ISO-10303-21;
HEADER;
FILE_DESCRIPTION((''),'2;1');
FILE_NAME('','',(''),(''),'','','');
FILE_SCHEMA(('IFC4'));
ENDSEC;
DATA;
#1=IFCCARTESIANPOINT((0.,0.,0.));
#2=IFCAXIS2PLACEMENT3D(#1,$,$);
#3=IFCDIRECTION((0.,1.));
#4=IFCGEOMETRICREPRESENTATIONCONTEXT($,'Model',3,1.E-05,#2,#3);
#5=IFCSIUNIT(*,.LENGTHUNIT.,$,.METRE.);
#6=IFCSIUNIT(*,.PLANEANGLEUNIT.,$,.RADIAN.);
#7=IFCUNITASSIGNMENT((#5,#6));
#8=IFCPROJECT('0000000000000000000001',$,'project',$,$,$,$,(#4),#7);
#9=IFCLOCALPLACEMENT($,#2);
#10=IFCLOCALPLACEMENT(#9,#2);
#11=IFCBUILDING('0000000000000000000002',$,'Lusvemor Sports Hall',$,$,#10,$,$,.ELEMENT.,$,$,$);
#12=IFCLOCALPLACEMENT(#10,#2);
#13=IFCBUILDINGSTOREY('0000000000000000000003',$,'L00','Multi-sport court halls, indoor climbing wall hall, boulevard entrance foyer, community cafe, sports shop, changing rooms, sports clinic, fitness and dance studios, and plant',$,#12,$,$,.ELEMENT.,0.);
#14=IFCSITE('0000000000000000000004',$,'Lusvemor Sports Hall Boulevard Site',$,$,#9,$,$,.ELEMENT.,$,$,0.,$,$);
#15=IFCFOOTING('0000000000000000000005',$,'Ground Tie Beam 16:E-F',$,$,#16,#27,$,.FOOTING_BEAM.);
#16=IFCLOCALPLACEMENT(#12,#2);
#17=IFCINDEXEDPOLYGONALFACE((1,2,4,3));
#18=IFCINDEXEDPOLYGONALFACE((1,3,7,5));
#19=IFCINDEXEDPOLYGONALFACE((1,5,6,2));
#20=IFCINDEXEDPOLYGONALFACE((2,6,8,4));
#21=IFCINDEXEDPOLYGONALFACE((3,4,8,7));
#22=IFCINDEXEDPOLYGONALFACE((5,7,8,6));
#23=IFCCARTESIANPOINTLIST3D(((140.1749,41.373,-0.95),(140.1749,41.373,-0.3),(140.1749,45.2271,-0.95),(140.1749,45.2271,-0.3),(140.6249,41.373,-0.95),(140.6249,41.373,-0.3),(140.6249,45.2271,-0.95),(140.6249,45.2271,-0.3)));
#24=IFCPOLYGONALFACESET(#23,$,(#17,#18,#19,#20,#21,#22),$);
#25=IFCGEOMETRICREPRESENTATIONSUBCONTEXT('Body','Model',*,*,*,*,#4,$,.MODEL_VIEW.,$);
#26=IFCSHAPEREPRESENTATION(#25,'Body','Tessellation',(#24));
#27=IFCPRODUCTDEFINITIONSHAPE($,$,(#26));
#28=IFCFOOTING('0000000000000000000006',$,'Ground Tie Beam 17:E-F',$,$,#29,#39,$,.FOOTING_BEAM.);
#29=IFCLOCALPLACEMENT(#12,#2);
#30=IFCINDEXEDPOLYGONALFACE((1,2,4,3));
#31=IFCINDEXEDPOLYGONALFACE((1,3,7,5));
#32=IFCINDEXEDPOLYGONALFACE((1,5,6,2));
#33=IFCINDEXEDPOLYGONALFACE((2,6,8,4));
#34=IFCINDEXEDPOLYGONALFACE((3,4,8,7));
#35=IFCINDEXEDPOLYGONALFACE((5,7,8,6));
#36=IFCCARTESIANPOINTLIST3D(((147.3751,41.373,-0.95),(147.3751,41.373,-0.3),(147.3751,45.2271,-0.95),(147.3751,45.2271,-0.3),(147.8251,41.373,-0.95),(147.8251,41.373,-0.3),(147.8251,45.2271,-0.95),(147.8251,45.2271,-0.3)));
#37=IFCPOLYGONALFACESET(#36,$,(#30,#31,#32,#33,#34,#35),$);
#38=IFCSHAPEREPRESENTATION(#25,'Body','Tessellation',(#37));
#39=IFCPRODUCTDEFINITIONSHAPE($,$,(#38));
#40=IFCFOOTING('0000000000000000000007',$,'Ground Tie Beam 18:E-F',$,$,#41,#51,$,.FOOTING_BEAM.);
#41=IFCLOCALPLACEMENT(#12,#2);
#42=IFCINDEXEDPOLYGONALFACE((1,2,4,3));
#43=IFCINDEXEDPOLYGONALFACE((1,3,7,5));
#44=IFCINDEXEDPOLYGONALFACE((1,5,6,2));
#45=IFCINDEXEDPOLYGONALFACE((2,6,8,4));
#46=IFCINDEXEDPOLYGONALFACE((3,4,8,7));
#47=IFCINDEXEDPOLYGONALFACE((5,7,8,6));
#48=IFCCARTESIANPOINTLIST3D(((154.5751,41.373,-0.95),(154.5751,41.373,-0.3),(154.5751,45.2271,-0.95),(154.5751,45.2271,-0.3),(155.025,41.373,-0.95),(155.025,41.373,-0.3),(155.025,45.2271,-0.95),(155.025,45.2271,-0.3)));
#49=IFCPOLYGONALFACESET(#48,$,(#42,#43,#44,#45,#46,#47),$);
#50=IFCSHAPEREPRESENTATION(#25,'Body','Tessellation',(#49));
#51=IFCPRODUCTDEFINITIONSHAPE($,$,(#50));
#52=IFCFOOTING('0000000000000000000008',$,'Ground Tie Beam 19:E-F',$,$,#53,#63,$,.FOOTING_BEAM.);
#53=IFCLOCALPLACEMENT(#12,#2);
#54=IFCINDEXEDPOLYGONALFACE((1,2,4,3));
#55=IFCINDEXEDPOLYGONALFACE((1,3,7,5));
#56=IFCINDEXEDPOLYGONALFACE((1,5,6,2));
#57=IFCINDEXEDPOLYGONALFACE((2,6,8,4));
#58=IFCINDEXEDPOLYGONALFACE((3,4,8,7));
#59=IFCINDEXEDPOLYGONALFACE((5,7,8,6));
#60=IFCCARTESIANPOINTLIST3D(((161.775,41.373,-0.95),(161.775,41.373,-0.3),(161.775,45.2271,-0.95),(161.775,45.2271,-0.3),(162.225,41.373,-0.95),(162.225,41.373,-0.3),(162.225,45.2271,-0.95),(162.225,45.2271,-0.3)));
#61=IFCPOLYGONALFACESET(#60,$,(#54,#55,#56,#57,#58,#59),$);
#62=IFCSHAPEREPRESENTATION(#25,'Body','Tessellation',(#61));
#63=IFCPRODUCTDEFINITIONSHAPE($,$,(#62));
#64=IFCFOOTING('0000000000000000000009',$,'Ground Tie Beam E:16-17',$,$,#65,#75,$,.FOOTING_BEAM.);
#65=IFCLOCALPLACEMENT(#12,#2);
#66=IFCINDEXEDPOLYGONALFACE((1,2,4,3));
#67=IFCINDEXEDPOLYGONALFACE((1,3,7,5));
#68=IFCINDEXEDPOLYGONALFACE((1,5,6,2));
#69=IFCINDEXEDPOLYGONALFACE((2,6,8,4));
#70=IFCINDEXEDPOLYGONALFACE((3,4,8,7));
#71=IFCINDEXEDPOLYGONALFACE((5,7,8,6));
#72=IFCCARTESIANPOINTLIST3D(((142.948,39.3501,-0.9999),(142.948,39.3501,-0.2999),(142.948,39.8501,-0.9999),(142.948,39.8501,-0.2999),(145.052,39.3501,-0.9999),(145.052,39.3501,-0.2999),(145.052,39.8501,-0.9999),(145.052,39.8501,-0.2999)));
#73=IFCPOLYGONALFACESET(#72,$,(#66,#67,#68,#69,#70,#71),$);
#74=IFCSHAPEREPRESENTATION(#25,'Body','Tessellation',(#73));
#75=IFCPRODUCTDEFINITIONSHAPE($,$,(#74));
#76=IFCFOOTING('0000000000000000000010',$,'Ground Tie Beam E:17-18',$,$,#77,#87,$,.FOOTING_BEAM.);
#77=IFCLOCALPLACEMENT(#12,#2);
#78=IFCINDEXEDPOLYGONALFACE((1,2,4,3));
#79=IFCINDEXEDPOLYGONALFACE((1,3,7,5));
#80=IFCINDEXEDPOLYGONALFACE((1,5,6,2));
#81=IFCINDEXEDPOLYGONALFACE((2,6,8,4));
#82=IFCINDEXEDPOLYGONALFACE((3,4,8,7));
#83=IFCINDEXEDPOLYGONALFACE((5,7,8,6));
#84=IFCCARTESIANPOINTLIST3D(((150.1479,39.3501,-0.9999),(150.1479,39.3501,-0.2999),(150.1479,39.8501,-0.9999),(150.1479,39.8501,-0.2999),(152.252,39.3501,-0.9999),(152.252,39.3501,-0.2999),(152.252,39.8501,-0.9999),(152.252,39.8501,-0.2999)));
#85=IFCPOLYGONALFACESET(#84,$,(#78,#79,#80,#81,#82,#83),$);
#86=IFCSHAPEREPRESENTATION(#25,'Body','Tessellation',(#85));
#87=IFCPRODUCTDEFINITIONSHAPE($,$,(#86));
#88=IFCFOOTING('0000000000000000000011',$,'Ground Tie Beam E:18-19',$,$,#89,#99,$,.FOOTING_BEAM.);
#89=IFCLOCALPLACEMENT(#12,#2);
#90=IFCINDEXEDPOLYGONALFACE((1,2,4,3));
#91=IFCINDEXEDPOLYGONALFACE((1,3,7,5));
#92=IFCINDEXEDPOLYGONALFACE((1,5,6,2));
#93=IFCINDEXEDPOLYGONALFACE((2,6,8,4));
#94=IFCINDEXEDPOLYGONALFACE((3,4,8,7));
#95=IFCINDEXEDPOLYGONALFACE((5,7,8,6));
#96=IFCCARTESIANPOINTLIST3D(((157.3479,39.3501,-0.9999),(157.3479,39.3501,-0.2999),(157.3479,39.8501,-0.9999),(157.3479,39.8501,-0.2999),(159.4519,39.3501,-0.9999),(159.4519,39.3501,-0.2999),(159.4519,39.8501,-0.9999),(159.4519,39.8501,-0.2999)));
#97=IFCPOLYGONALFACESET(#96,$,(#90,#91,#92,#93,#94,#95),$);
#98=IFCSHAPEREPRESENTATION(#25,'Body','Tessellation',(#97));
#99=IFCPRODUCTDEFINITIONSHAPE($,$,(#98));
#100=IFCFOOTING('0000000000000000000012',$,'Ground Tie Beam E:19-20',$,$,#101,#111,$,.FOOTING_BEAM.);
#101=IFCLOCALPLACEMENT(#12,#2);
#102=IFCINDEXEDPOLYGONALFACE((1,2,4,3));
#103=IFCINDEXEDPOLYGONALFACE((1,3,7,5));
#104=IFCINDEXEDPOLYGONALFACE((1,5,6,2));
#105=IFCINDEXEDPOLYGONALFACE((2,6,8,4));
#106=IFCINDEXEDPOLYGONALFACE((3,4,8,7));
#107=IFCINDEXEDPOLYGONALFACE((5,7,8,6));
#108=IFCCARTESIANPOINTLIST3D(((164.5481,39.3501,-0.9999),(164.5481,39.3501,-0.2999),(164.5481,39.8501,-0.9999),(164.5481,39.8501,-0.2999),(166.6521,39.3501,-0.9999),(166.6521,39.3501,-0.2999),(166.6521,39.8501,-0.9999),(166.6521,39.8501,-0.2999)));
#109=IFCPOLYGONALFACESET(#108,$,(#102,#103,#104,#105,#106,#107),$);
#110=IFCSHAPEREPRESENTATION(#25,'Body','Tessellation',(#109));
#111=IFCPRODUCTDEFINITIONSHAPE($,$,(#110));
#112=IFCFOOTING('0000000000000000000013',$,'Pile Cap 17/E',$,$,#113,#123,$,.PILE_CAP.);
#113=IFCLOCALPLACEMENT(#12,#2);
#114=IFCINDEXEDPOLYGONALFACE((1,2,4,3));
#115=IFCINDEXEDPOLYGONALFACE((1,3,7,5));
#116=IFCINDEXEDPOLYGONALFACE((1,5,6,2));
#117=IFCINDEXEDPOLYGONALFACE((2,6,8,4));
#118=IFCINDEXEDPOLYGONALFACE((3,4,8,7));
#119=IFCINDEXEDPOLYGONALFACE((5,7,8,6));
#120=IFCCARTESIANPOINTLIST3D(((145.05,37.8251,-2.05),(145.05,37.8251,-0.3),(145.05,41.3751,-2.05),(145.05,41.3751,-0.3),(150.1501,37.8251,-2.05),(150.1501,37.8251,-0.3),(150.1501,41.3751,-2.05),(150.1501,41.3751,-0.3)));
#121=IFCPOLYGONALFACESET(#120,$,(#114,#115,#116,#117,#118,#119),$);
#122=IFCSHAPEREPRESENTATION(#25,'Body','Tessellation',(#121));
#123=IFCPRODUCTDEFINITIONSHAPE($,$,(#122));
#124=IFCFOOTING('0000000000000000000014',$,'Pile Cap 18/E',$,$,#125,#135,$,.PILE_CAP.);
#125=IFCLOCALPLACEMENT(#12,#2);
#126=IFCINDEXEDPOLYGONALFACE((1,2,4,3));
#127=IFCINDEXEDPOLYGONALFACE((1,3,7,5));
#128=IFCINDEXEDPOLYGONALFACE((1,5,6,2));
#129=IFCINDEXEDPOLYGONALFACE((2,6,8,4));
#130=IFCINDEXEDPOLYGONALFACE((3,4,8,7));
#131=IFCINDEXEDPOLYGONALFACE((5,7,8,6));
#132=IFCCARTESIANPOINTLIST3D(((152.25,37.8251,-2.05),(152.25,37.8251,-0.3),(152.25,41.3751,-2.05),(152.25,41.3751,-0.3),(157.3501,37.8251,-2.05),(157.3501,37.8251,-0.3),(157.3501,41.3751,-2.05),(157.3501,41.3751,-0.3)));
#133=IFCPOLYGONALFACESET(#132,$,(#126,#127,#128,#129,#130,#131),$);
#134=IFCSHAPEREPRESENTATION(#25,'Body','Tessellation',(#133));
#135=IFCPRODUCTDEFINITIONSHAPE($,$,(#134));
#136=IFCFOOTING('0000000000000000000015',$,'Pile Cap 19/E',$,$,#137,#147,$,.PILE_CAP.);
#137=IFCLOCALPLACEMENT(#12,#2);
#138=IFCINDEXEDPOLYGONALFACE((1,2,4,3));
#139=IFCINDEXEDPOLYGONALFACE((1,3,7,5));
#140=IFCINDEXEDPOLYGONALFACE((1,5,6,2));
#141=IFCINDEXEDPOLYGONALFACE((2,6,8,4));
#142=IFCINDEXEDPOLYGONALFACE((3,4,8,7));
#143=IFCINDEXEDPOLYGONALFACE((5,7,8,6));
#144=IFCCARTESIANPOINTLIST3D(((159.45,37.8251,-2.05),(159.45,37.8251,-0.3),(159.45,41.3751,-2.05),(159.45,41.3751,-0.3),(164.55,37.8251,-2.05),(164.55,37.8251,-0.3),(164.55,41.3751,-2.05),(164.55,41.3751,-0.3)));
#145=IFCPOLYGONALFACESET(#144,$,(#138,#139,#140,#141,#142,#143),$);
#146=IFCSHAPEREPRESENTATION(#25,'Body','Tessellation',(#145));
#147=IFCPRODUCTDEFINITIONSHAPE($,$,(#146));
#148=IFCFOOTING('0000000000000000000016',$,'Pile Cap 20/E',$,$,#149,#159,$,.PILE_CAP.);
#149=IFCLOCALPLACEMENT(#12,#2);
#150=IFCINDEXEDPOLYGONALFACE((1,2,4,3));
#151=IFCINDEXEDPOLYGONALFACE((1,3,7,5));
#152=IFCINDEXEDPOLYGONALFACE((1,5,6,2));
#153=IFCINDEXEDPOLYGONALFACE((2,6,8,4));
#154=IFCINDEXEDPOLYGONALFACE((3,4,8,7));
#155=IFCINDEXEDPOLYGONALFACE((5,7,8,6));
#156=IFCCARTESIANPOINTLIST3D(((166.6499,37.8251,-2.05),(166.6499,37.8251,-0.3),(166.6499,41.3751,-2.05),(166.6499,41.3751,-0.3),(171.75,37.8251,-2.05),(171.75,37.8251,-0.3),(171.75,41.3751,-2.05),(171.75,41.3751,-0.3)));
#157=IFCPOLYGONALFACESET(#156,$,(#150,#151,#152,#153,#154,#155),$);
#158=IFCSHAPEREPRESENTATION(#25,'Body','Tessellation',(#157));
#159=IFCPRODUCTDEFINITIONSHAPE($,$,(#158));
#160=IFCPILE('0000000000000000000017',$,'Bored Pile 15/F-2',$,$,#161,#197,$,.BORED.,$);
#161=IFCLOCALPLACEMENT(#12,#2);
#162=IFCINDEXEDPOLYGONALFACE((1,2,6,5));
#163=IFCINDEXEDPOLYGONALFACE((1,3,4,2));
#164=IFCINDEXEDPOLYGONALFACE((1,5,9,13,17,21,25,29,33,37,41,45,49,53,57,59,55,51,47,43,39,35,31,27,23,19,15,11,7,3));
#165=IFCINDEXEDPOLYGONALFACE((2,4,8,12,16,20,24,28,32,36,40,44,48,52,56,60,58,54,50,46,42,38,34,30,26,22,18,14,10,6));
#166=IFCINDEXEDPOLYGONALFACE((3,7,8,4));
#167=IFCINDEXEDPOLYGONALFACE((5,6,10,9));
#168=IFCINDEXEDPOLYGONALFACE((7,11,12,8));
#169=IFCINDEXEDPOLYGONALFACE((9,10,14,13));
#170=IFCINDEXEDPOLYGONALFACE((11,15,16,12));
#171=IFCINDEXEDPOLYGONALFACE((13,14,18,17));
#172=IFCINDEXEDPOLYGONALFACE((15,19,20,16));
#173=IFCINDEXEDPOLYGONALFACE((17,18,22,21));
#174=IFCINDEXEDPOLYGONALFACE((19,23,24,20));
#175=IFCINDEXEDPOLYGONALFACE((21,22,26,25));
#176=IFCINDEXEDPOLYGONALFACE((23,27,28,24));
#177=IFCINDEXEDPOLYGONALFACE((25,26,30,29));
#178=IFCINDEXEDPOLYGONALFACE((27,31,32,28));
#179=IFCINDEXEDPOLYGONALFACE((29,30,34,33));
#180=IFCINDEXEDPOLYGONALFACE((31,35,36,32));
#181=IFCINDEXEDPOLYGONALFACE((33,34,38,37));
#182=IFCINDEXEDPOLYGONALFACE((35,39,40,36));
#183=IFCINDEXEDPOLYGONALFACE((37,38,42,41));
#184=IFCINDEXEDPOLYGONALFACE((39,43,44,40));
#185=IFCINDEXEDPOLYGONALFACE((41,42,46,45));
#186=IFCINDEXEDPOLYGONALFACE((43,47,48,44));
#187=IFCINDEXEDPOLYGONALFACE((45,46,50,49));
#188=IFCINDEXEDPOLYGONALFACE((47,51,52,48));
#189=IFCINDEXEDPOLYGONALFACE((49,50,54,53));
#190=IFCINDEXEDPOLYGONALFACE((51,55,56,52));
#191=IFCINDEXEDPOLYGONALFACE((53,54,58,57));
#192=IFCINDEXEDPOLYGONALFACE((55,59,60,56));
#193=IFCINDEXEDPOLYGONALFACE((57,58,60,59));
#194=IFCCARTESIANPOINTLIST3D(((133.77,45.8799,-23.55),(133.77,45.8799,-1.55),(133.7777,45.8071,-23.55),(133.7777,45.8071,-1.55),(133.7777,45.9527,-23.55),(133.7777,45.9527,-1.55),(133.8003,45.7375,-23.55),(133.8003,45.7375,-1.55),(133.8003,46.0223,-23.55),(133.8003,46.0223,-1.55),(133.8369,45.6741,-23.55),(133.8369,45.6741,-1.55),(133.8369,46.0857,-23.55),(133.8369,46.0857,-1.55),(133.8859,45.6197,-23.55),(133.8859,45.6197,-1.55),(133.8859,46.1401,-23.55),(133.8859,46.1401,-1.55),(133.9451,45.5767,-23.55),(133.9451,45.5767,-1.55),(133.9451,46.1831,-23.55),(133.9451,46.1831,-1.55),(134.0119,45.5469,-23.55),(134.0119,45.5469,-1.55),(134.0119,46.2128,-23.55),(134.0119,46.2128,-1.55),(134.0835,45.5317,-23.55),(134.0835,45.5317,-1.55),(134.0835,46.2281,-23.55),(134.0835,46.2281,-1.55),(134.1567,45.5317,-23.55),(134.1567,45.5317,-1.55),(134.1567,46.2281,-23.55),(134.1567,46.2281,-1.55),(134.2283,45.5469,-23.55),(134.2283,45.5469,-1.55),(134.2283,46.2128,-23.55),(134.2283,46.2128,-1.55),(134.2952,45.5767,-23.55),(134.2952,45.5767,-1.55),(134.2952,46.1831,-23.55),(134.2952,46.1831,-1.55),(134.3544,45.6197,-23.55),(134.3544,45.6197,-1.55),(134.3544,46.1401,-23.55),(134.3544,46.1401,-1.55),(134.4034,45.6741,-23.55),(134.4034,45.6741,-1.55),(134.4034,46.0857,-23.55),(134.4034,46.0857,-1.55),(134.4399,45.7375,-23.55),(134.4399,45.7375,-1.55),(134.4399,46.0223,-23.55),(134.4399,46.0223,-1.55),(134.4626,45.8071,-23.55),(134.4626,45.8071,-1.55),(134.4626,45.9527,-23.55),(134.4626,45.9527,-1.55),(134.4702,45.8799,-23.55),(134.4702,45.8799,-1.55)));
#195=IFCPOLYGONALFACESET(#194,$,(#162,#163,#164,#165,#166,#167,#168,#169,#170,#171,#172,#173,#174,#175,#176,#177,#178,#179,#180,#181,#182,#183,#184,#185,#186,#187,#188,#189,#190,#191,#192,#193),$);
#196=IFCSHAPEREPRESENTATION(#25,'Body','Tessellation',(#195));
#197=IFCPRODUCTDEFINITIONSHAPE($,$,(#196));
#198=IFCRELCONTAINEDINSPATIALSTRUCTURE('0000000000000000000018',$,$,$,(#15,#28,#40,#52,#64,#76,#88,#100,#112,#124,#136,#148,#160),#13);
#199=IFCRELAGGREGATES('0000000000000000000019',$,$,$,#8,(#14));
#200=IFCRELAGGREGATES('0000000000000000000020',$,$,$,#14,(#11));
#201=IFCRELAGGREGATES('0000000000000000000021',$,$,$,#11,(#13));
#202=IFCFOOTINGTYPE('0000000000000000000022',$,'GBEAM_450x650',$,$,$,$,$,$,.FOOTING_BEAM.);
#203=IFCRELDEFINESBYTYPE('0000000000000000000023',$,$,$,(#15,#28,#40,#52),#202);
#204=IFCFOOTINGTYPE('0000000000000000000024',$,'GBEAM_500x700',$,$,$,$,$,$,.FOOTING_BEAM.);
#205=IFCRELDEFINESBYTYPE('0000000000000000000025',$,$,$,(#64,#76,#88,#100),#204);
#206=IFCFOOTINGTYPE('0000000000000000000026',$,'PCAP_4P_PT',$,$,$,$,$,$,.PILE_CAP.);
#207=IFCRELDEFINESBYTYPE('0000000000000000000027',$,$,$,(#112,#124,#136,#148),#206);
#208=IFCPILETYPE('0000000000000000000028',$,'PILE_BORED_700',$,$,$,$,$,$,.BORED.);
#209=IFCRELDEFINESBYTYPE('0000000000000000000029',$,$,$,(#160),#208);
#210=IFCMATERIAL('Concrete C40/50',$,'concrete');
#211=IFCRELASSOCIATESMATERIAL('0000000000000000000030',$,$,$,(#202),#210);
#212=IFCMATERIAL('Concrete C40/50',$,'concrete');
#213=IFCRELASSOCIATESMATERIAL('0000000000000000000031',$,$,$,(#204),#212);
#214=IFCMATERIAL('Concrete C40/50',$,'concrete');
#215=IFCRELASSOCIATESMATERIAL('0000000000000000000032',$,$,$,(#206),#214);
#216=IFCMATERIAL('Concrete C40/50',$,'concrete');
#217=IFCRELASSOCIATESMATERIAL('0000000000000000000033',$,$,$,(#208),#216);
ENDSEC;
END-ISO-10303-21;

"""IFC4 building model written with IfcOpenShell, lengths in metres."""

from ifc_helpers import new_model, si_unit, direction, frame, origin, origin_2d, place, context, subcontext, project, spatial, rectangle, circle, extrude, material, material_profile, profile_set, type_object, element, save


model = new_model("IFC4")

# Units and contexts
model_context = context("Model", 3, precision=1e-05, world=origin(), true_north=direction((0.0, 1.0)))
body_context = subcontext(model_context, "Body", "Model", "MODEL_VIEW")
ifc_project = project(units=[si_unit("LENGTHUNIT", "METRE"), si_unit("PLANEANGLEUNIT", "RADIAN")], contexts=[model_context])

# Site, building, storey
site_placement = place(None, origin())
site = spatial("IfcSite", under=ifc_project, at=site_placement, Name="Lusvemor Sports Hall Boulevard Site", CompositionType="ELEMENT", RefElevation=0.0)
building_placement = place(site_placement, origin())
building = spatial("IfcBuilding", under=site, at=building_placement, Name="Lusvemor Sports Hall", CompositionType="ELEMENT")
storey_placement = place(building_placement, origin())
storey = spatial("IfcBuildingStorey", under=building, at=storey_placement, Name="L00", Description="Multi-sport court halls, indoor climbing wall hall, boulevard entrance foyer, community cafe, sports shop, changing rooms, sports clinic, fitness and dance studios, and plant", CompositionType="ELEMENT", Elevation=0.0)

# Footings
ifc_material_1 = material(Name="Concrete C40/50", Category="concrete")
ifc_material_profile_1 = material_profile(ifc_material_1, rectangle(XDim=0.45, YDim=0.6499, at=origin_2d()), Name="GB_450x650")
ifc_profile_set_1 = profile_set([ifc_material_profile_1], Name="Concrete C40/50")
footing_type_1 = type_object("IfcFootingType", Name="GBEAM_450x650", PredefinedType="FOOTING_BEAM", material=ifc_profile_set_1)
for number, where, z_axis, x_axis, name in (
    (1, (140.3999, 41.373, -0.625), (0.0, 1.0, 0.0), (-1.0, 0.0, 0.0), "Ground Tie Beam 16:E-F"),
    (2, (147.6001, 41.373, -0.625), (0.0, 1.0, 0.0), (-1.0, 0.0, 0.0), "Ground Tie Beam 17:E-F"),
    (3, (154.8, 41.373, -0.625), (0.0, 1.0, 0.0), (-1.0, 0.0, 0.0), "Ground Tie Beam 18:E-F"),
    (4, (162.0, 41.373, -0.625), (0.0, 1.0, 0.0), (-1.0, 0.0, 0.0), "Ground Tie Beam 19:E-F"),
):
    element("IfcFooting", number, at=place(storey_placement, frame(where, z_axis=z_axis, x_axis=x_axis)), inside=storey, type_object=footing_type_1, Name=name, PredefinedType="FOOTING_BEAM", context=body_context, shape_type="SweptSolid", body=[
        extrude(rectangle(XDim=0.45, YDim=0.6499, at=origin_2d()), origin(), (0.0, 0.0, 1.0), 3.854),
    ])
ifc_material_2 = material(Name="Concrete C40/50", Category="concrete")
ifc_material_profile_2 = material_profile(ifc_material_2, rectangle(XDim=0.5, YDim=0.7, at=origin_2d()), Name="GB_500x700")
ifc_profile_set_2 = profile_set([ifc_material_profile_2], Name="Concrete C40/50")
footing_type_2 = type_object("IfcFootingType", Name="GBEAM_500x700", PredefinedType="FOOTING_BEAM", material=ifc_profile_set_2)
for number, where, z_axis, x_axis, name in (
    (5, (142.948, 39.6001, -0.6499), (1.0, 0.0, 0.0), (0.0, 1.0, 0.0), "Ground Tie Beam E:16-17"),
    (6, (150.1479, 39.6001, -0.6499), (1.0, 0.0, 0.0), (0.0, 1.0, 0.0), "Ground Tie Beam E:17-18"),
    (7, (157.3479, 39.6001, -0.6499), (1.0, 0.0, 0.0), (0.0, 1.0, 0.0), "Ground Tie Beam E:18-19"),
    (8, (164.5481, 39.6001, -0.6499), (1.0, 0.0, 0.0), (0.0, 1.0, 0.0), "Ground Tie Beam E:19-20"),
):
    element("IfcFooting", number, at=place(storey_placement, frame(where, z_axis=z_axis, x_axis=x_axis)), inside=storey, type_object=footing_type_2, Name=name, PredefinedType="FOOTING_BEAM", context=body_context, shape_type="SweptSolid", body=[
        extrude(rectangle(XDim=0.5, YDim=0.7, at=origin_2d()), origin(), (0.0, 0.0, 1.0), 2.104),
    ])
ifc_material_3 = material(Name="Concrete C40/50", Category="concrete")
footing_type_3 = type_object("IfcFootingType", Name="PCAP_4P_PT", PredefinedType="PILE_CAP", material=ifc_material_3)
for number, where, z_axis, x_axis, name in (
    (9, (147.6001, 39.6001, -2.05), (0.0, 0.0, 1.0), (1.0, 0.0, 0.0), "Pile Cap 17/E"),
    (10, (154.8, 39.6001, -2.05), (0.0, 0.0, 1.0), (1.0, 0.0, 0.0), "Pile Cap 18/E"),
    (11, (162.0, 39.6001, -2.05), (0.0, 0.0, 1.0), (1.0, 0.0, 0.0), "Pile Cap 19/E"),
    (12, (169.2, 39.6001, -2.05), (0.0, 0.0, 1.0), (1.0, 0.0, 0.0), "Pile Cap 20/E"),
):
    element("IfcFooting", number, at=place(storey_placement, frame(where, z_axis=z_axis, x_axis=x_axis)), inside=storey, type_object=footing_type_3, Name=name, PredefinedType="PILE_CAP", context=body_context, shape_type="SweptSolid", body=[
        extrude(rectangle(XDim=5.1001, YDim=3.55, at=origin_2d()), origin(), (0.0, 0.0, 1.0), 1.75),
    ])

# Pile
ifc_material_4 = material(Name="Concrete C40/50", Category="concrete")
ifc_material_profile_3 = material_profile(ifc_material_4, circle(Radius=0.3501, at=origin_2d()), Name="PILE700")
ifc_profile_set_3 = profile_set([ifc_material_profile_3], Name="Concrete C40/50")
pile_type_1 = type_object("IfcPileType", Name="PILE_BORED_700", PredefinedType="BORED", material=ifc_profile_set_3)
pile_placement = place(storey_placement, frame((134.1201, 45.8799, -1.55), z_axis=(0.0, 0.0, -1.0), x_axis=(1.0, 0.0, 0.0)))
element("IfcPile", 13, at=pile_placement, inside=storey, type_object=pile_type_1, Name="Bored Pile 15/F-2", PredefinedType="BORED", context=body_context, shape_type="SweptSolid", body=[
    extrude(circle(Radius=0.3501, at=origin_2d()), origin(), (0.0, 0.0, 1.0), 22.0),
])

save(model, "model.ifc")
